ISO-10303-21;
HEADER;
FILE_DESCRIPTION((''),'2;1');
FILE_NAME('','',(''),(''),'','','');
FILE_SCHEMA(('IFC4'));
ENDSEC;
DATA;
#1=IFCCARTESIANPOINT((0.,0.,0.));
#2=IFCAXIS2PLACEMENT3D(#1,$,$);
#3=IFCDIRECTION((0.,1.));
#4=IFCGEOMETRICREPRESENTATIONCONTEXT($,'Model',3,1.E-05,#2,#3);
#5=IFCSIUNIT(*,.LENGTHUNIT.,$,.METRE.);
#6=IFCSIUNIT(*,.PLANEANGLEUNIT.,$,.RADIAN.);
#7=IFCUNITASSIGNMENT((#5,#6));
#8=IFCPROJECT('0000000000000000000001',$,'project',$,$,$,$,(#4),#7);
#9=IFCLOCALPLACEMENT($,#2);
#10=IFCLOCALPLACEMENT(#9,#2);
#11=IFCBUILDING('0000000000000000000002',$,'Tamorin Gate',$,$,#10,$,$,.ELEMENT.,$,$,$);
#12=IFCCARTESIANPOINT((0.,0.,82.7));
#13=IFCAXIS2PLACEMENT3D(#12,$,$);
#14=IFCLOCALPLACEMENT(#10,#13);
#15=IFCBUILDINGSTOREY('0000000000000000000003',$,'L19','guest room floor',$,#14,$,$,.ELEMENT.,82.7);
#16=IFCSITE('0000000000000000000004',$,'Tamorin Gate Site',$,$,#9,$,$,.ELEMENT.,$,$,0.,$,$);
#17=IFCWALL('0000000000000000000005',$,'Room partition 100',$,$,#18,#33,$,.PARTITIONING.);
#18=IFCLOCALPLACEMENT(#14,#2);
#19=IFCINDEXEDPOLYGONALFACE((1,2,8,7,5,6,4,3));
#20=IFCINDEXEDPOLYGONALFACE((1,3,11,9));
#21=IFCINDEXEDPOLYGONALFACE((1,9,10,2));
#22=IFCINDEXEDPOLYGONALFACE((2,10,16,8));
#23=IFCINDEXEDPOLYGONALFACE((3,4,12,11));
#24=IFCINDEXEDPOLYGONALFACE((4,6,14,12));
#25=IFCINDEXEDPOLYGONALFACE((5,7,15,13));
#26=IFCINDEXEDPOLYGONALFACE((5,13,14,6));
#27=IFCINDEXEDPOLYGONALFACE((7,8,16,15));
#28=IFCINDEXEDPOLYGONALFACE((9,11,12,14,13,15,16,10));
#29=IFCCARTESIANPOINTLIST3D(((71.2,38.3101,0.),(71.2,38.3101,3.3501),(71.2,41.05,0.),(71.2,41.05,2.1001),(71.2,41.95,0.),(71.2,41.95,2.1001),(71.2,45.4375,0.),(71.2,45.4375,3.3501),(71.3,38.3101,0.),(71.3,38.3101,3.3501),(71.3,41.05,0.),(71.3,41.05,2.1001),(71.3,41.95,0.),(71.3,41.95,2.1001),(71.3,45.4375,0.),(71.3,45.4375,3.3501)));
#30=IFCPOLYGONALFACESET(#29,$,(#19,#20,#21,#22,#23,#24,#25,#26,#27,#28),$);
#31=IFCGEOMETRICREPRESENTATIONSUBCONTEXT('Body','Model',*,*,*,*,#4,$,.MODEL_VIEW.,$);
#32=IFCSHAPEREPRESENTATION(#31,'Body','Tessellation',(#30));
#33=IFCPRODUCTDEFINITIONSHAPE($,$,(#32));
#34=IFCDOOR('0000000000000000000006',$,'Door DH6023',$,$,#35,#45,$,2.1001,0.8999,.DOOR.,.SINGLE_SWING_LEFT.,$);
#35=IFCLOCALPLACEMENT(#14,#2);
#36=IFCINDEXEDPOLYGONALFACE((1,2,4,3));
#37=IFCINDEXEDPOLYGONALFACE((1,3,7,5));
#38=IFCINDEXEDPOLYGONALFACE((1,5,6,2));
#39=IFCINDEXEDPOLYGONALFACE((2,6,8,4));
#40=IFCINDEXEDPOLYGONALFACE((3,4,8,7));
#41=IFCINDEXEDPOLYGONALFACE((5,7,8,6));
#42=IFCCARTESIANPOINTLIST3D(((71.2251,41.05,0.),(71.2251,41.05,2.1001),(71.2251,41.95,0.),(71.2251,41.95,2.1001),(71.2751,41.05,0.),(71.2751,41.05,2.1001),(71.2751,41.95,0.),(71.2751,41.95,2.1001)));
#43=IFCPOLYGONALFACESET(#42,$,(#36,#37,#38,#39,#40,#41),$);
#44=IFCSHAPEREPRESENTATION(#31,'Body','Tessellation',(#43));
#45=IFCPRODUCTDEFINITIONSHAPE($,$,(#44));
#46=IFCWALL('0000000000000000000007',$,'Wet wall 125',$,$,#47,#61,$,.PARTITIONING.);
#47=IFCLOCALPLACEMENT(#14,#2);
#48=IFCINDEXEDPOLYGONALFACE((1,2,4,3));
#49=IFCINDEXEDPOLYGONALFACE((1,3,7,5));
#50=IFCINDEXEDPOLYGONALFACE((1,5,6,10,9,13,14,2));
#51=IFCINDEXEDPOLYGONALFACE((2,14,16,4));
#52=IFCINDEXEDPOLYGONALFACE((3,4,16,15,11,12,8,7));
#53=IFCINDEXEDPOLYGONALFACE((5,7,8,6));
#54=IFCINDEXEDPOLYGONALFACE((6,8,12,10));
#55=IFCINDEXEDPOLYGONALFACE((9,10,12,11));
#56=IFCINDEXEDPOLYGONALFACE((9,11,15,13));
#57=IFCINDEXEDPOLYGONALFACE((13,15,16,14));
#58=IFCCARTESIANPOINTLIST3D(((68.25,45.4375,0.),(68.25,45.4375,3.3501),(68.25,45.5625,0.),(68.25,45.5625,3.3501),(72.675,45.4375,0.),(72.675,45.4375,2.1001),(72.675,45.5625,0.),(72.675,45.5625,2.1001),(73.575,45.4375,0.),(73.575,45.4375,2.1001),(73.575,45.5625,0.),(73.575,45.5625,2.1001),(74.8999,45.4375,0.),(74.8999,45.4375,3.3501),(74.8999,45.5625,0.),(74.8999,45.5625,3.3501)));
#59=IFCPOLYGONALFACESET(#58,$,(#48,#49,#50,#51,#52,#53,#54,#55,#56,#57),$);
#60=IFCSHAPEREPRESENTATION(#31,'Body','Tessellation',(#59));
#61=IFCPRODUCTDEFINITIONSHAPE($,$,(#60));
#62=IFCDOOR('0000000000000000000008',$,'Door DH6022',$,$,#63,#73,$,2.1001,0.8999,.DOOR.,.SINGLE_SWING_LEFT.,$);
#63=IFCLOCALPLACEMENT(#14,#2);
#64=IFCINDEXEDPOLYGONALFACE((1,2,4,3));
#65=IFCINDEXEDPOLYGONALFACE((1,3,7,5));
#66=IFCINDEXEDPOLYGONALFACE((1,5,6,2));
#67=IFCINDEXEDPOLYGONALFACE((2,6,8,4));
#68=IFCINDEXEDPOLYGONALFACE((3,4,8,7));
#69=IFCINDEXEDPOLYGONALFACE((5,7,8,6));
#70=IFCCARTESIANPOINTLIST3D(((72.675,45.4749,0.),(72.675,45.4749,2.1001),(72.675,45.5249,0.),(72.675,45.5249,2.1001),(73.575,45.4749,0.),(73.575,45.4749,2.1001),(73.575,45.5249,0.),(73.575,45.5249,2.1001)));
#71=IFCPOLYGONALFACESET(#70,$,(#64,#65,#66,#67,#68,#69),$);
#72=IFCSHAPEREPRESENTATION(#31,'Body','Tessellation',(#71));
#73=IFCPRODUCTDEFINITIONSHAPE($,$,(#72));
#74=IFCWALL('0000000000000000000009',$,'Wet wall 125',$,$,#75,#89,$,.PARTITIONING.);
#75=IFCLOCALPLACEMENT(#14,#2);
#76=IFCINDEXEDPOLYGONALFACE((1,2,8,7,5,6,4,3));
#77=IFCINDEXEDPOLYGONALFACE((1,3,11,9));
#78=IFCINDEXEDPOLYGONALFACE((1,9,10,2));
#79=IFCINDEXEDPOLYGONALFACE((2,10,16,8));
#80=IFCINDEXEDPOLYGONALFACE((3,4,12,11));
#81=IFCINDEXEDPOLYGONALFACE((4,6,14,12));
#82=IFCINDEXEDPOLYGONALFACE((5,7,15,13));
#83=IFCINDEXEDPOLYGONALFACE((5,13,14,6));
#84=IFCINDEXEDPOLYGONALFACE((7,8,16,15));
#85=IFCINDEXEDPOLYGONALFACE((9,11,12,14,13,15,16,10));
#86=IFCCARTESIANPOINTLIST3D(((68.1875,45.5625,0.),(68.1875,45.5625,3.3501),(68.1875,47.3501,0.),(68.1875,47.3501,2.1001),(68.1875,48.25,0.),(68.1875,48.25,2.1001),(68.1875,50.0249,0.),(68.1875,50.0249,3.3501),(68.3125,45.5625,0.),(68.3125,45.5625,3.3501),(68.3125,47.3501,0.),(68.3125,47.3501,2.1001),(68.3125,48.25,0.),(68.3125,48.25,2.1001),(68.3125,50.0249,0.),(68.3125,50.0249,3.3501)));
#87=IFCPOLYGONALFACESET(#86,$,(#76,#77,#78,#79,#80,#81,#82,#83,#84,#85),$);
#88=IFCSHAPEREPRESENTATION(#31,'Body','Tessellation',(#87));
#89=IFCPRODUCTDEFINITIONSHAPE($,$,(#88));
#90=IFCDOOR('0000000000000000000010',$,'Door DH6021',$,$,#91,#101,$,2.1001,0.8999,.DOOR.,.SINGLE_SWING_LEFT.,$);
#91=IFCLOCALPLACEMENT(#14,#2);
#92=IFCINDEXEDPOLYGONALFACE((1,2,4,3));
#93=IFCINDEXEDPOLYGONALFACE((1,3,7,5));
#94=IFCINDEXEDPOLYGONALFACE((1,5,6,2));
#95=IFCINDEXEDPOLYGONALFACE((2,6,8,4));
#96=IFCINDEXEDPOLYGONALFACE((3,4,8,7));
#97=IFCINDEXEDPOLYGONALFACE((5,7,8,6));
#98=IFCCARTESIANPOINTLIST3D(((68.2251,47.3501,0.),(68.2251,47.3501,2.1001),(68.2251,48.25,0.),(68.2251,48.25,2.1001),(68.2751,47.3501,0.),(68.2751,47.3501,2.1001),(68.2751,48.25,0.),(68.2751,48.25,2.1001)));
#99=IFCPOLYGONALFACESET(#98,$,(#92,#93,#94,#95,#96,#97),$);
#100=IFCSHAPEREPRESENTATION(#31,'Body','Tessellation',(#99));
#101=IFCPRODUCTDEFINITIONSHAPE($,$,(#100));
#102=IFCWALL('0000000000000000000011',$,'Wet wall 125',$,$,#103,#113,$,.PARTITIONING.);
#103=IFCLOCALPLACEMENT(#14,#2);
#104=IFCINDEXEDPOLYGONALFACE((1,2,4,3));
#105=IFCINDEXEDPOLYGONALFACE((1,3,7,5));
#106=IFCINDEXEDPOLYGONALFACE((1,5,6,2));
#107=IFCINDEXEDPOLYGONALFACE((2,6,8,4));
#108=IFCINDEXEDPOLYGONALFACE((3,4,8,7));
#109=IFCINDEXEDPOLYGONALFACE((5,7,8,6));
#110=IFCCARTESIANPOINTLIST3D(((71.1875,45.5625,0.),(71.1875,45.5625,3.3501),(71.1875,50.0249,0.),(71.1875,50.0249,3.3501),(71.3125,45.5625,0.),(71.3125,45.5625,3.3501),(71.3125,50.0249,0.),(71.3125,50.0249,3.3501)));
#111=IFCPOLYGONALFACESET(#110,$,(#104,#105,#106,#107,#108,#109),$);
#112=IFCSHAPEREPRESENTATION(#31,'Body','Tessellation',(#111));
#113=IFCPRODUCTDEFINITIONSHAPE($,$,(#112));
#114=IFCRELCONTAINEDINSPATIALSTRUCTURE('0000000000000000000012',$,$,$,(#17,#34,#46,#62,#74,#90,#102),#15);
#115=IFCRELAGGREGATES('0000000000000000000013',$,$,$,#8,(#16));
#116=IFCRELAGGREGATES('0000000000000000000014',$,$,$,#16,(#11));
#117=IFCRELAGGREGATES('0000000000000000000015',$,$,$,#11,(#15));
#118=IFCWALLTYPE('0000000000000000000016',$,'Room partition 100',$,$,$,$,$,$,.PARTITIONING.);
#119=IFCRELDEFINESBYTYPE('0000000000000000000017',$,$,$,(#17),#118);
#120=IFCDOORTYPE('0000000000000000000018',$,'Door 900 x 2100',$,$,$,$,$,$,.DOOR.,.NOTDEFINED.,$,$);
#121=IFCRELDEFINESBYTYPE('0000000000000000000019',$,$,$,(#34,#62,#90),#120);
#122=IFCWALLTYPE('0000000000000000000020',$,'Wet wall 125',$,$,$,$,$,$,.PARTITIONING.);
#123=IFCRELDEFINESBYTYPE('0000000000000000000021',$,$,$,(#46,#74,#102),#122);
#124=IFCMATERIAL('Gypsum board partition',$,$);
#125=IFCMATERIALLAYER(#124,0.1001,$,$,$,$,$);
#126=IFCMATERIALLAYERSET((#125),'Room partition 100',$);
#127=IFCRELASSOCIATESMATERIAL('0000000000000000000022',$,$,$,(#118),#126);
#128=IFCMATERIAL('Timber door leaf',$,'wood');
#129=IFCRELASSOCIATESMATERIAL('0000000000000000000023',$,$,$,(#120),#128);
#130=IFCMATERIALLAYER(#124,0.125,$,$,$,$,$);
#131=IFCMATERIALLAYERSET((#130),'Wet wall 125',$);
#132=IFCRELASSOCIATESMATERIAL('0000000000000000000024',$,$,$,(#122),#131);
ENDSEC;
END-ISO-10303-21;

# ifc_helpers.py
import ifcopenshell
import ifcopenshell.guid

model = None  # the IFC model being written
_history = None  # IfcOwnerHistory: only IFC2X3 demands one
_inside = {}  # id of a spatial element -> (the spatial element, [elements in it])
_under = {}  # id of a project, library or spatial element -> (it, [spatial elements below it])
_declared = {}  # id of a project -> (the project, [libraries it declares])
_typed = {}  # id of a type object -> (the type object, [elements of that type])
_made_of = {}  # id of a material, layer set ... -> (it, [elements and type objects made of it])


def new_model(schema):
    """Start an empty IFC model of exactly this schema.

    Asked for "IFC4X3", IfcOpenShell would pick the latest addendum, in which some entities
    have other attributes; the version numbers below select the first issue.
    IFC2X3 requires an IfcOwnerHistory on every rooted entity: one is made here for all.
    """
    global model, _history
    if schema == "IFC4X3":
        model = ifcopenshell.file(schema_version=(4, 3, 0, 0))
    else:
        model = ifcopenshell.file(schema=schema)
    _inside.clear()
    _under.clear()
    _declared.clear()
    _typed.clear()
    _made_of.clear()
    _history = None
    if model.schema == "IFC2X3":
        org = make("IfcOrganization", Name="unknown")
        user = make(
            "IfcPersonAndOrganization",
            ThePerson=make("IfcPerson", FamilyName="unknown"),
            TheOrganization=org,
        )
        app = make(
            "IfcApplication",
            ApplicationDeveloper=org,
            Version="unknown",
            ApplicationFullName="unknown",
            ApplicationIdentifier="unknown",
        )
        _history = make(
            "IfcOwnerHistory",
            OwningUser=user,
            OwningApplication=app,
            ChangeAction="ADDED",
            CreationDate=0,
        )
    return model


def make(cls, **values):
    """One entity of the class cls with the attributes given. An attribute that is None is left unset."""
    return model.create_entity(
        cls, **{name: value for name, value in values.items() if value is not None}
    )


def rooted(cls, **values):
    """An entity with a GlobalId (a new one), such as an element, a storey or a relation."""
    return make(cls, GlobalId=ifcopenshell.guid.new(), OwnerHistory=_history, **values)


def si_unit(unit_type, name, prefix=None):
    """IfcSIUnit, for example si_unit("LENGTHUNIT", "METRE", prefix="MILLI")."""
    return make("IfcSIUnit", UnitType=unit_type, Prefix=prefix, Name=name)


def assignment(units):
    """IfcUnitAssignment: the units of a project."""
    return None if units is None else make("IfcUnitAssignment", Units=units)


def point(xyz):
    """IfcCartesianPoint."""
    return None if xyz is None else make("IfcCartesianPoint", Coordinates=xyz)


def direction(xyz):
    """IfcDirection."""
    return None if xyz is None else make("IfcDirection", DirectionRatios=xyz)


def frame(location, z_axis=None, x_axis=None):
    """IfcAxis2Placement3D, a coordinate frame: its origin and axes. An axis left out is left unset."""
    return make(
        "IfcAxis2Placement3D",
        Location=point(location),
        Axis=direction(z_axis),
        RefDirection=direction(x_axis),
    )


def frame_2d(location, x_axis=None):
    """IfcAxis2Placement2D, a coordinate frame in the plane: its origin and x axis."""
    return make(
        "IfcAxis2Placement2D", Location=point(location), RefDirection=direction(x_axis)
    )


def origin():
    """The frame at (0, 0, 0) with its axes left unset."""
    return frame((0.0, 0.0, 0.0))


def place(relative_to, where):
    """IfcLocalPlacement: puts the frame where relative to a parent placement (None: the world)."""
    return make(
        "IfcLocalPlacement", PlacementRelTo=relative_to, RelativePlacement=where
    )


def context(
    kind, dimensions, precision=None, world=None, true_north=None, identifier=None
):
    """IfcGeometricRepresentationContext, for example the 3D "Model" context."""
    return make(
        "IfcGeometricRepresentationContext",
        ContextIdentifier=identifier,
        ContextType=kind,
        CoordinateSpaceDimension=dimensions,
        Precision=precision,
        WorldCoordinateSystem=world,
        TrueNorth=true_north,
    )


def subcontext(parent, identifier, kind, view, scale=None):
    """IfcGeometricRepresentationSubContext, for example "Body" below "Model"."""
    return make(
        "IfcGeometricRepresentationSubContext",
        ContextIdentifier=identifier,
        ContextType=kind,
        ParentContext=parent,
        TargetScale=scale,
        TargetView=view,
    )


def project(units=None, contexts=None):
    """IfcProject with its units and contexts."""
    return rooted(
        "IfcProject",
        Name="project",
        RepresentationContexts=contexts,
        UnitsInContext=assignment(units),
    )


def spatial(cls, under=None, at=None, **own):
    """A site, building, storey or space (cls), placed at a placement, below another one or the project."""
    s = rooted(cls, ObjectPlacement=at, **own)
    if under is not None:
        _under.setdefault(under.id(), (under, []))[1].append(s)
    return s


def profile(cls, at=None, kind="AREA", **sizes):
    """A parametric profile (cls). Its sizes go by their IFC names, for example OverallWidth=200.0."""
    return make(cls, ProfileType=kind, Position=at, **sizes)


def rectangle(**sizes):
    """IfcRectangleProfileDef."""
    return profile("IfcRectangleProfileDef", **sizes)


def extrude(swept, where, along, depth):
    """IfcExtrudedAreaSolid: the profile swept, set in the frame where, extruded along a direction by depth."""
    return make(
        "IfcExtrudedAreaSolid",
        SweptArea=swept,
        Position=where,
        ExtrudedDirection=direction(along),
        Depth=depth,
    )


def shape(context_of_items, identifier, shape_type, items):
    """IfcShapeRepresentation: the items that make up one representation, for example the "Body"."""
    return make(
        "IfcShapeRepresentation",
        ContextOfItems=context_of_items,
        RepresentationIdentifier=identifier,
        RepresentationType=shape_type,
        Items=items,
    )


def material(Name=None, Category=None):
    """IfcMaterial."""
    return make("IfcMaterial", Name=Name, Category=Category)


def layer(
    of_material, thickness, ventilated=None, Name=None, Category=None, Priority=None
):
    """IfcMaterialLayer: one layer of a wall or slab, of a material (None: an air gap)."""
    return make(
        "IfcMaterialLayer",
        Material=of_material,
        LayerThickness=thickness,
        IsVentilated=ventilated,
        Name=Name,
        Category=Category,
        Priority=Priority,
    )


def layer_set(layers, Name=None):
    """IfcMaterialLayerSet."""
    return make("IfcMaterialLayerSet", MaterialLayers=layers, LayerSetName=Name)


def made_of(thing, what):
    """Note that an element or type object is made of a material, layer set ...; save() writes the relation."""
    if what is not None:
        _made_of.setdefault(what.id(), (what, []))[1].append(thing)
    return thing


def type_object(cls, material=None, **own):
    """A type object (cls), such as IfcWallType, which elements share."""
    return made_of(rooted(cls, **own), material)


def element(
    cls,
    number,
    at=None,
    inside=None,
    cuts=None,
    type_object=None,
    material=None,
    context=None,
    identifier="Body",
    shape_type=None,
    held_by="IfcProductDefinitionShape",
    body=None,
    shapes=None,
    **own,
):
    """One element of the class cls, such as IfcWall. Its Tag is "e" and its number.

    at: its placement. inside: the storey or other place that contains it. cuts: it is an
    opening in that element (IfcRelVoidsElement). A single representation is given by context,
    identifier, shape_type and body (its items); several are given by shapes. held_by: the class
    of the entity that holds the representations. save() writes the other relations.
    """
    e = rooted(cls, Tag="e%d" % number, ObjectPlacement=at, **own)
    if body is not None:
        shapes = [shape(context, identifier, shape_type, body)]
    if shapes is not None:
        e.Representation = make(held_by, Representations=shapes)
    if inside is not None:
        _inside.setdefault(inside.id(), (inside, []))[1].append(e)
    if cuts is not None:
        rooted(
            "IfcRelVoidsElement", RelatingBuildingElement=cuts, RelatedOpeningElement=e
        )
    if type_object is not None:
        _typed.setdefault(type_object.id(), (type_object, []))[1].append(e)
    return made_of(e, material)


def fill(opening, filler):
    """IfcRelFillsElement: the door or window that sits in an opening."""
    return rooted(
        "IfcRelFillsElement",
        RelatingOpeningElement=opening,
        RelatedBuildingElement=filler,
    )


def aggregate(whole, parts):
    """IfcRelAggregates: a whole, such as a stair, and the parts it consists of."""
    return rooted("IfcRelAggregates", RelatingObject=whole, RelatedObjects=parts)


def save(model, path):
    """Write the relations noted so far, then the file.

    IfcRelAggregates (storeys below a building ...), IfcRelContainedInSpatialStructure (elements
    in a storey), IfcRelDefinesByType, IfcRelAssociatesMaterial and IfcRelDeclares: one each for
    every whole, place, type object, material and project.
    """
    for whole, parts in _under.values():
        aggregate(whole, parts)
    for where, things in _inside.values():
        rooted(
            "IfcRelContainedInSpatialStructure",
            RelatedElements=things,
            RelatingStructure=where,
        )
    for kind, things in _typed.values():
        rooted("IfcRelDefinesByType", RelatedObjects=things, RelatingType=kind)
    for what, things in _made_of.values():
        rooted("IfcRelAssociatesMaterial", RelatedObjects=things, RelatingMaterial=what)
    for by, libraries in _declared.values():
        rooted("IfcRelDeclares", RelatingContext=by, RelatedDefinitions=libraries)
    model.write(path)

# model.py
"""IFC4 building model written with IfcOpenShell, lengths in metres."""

from ifc_helpers import new_model, si_unit, direction, frame, frame_2d, origin, place, context, subcontext, project, spatial, rectangle, extrude, material, layer, layer_set, type_object, element, fill, save


model = new_model("IFC4")

# Units and contexts
model_context = context("Model", 3, precision=1e-05, world=origin(), true_north=direction((0.0, 1.0)))
body_context = subcontext(model_context, "Body", "Model", "MODEL_VIEW")
ifc_project = project(units=[si_unit("LENGTHUNIT", "METRE"), si_unit("PLANEANGLEUNIT", "RADIAN")], contexts=[model_context])

# Site, building, storey
site_placement = place(None, origin())
site = spatial("IfcSite", under=ifc_project, at=site_placement, Name="Tamorin Gate Site", CompositionType="ELEMENT", RefElevation=0.0)
building_placement = place(site_placement, origin())
building = spatial("IfcBuilding", under=site, at=building_placement, Name="Tamorin Gate", CompositionType="ELEMENT")
storey_placement = place(building_placement, frame((0.0, 0.0, 82.7)))
storey = spatial("IfcBuildingStorey", under=building, at=storey_placement, Name="L19", Description="guest room floor", CompositionType="ELEMENT", Elevation=82.7)

# Shared definitions
ifc_material_1 = material(Name="Gypsum board partition")

# Walls, openings, doors
ifc_layer_1 = layer(ifc_material_1, 0.1001)
ifc_layer_set_1 = layer_set([ifc_layer_1], Name="Room partition 100")
wall_type_1 = type_object("IfcWallType", Name="Room partition 100", PredefinedType="PARTITIONING", material=ifc_layer_set_1)
ifc_material_2 = material(Name="Timber door leaf", Category="wood")
door_type = type_object("IfcDoorType", Name="Door 900 x 2100", OperationType="NOTDEFINED", PredefinedType="DOOR", material=ifc_material_2)
wall_1_placement = place(storey_placement, frame((71.25, 38.3101, 0.0), z_axis=(0.0, 0.0, 1.0), x_axis=(0.0, 1.0, 0.0)))
wall_1 = element("IfcWall", 1, at=wall_1_placement, inside=storey, type_object=wall_type_1, Name="Room partition 100", PredefinedType="PARTITIONING", context=body_context, shape_type="SweptSolid", body=[
    extrude(rectangle(XDim=7.1274, YDim=0.1001, at=frame_2d((3.5637, 0.0))), origin(), (0.0, 0.0, 1.0), 3.3501),
])
opening_1_placement = place(wall_1_placement, frame((2.74, 0.0, 0.0)))
opening_1 = element("IfcOpeningElement", 2, at=opening_1_placement, cuts=wall_1, PredefinedType="OPENING", context=body_context, shape_type="SweptSolid", body=[
    extrude(rectangle(XDim=0.8999, YDim=2.1001, at=frame_2d((0.45, 1.05))), frame((0.0, 0.0601, 0.0), z_axis=(0.0, -1.0, 0.0), x_axis=(1.0, 0.0, 0.0)), (0.0, 0.0, 1.0), 0.1201),
])
door_1_placement = place(opening_1_placement, origin())
door_1 = element("IfcDoor", 3, at=door_1_placement, inside=storey, type_object=door_type, Name="Door DH6023", OperationType="SINGLE_SWING_LEFT", OverallHeight=2.1001, OverallWidth=0.8999, PredefinedType="DOOR", context=body_context, shape_type="SweptSolid", body=[
    extrude(rectangle(XDim=0.8999, YDim=2.1001, at=frame_2d((0.45, 1.05))), frame((0.0, 0.0249, 0.0), z_axis=(0.0, -1.0, 0.0), x_axis=(1.0, 0.0, 0.0)), (0.0, 0.0, 1.0), 0.05),
])
fill(opening_1, door_1)
ifc_layer_2 = layer(ifc_material_1, 0.125)
ifc_layer_set_2 = layer_set([ifc_layer_2], Name="Wet wall 125")
wall_type_2 = type_object("IfcWallType", Name="Wet wall 125", PredefinedType="PARTITIONING", material=ifc_layer_set_2)
wall_2_placement = place(storey_placement, frame((68.25, 45.5, 0.0), z_axis=(0.0, 0.0, 1.0), x_axis=(1.0, 0.0, 0.0)))
wall_2 = element("IfcWall", 4, at=wall_2_placement, inside=storey, type_object=wall_type_2, Name="Wet wall 125", PredefinedType="PARTITIONING", context=body_context, shape_type="SweptSolid", body=[
    extrude(rectangle(XDim=6.6499, YDim=0.125, at=frame_2d((3.325, 0.0))), origin(), (0.0, 0.0, 1.0), 3.3501),
])
opening_2_placement = place(wall_2_placement, frame((4.425, 0.0, 0.0)))
opening_2 = element("IfcOpeningElement", 5, at=opening_2_placement, cuts=wall_2, PredefinedType="OPENING", context=body_context, shape_type="SweptSolid", body=[
    extrude(rectangle(XDim=0.8999, YDim=2.1001, at=frame_2d((0.45, 1.05))), frame((0.0, 0.0725, 0.0), z_axis=(0.0, -1.0, 0.0), x_axis=(1.0, 0.0, 0.0)), (0.0, 0.0, 1.0), 0.145),
])
door_2_placement = place(opening_2_placement, origin())
door_2 = element("IfcDoor", 6, at=door_2_placement, inside=storey, type_object=door_type, Name="Door DH6022", OperationType="SINGLE_SWING_LEFT", OverallHeight=2.1001, OverallWidth=0.8999, PredefinedType="DOOR", context=body_context, shape_type="SweptSolid", body=[
    extrude(rectangle(XDim=0.8999, YDim=2.1001, at=frame_2d((0.45, 1.05))), frame((0.0, 0.0249, 0.0), z_axis=(0.0, -1.0, 0.0), x_axis=(1.0, 0.0, 0.0)), (0.0, 0.0, 1.0), 0.05),
])
fill(opening_2, door_2)
wall_3_placement = place(storey_placement, frame((68.25, 45.5625, 0.0), z_axis=(0.0, 0.0, 1.0), x_axis=(0.0, 1.0, 0.0)))
wall_3 = element("IfcWall", 7, at=wall_3_placement, inside=storey, type_object=wall_type_2, Name="Wet wall 125", PredefinedType="PARTITIONING", context=body_context, shape_type="SweptSolid", body=[
    extrude(rectangle(XDim=4.4624, YDim=0.125, at=frame_2d((2.2312, 0.0))), origin(), (0.0, 0.0, 1.0), 3.3501),
])
opening_3_placement = place(wall_3_placement, frame((1.7876, 0.0, 0.0)))
opening_3 = element("IfcOpeningElement", 8, at=opening_3_placement, cuts=wall_3, PredefinedType="OPENING", context=body_context, shape_type="SweptSolid", body=[
    extrude(rectangle(XDim=0.8999, YDim=2.1001, at=frame_2d((0.45, 1.05))), frame((0.0, 0.0725, 0.0), z_axis=(0.0, -1.0, 0.0), x_axis=(1.0, 0.0, 0.0)), (0.0, 0.0, 1.0), 0.145),
])
door_3_placement = place(opening_3_placement, origin())
door_3 = element("IfcDoor", 9, at=door_3_placement, inside=storey, type_object=door_type, Name="Door DH6021", OperationType="SINGLE_SWING_LEFT", OverallHeight=2.1001, OverallWidth=0.8999, PredefinedType="DOOR", context=body_context, shape_type="SweptSolid", body=[
    extrude(rectangle(XDim=0.8999, YDim=2.1001, at=frame_2d((0.45, 1.05))), frame((0.0, 0.0249, 0.0), z_axis=(0.0, -1.0, 0.0), x_axis=(1.0, 0.0, 0.0)), (0.0, 0.0, 1.0), 0.05),
])
fill(opening_3, door_3)

# Wall
wall_4_placement = place(storey_placement, frame((71.25, 45.5625, 0.0), z_axis=(0.0, 0.0, 1.0), x_axis=(0.0, 1.0, 0.0)))
element("IfcWall", 10, at=wall_4_placement, inside=storey, type_object=wall_type_2, Name="Wet wall 125", PredefinedType="PARTITIONING", context=body_context, shape_type="SweptSolid", body=[
    extrude(rectangle(XDim=4.4624, YDim=0.125, at=frame_2d((2.2312, 0.0))), origin(), (0.0, 0.0, 1.0), 3.3501),
])

save(model, "model.ifc")
